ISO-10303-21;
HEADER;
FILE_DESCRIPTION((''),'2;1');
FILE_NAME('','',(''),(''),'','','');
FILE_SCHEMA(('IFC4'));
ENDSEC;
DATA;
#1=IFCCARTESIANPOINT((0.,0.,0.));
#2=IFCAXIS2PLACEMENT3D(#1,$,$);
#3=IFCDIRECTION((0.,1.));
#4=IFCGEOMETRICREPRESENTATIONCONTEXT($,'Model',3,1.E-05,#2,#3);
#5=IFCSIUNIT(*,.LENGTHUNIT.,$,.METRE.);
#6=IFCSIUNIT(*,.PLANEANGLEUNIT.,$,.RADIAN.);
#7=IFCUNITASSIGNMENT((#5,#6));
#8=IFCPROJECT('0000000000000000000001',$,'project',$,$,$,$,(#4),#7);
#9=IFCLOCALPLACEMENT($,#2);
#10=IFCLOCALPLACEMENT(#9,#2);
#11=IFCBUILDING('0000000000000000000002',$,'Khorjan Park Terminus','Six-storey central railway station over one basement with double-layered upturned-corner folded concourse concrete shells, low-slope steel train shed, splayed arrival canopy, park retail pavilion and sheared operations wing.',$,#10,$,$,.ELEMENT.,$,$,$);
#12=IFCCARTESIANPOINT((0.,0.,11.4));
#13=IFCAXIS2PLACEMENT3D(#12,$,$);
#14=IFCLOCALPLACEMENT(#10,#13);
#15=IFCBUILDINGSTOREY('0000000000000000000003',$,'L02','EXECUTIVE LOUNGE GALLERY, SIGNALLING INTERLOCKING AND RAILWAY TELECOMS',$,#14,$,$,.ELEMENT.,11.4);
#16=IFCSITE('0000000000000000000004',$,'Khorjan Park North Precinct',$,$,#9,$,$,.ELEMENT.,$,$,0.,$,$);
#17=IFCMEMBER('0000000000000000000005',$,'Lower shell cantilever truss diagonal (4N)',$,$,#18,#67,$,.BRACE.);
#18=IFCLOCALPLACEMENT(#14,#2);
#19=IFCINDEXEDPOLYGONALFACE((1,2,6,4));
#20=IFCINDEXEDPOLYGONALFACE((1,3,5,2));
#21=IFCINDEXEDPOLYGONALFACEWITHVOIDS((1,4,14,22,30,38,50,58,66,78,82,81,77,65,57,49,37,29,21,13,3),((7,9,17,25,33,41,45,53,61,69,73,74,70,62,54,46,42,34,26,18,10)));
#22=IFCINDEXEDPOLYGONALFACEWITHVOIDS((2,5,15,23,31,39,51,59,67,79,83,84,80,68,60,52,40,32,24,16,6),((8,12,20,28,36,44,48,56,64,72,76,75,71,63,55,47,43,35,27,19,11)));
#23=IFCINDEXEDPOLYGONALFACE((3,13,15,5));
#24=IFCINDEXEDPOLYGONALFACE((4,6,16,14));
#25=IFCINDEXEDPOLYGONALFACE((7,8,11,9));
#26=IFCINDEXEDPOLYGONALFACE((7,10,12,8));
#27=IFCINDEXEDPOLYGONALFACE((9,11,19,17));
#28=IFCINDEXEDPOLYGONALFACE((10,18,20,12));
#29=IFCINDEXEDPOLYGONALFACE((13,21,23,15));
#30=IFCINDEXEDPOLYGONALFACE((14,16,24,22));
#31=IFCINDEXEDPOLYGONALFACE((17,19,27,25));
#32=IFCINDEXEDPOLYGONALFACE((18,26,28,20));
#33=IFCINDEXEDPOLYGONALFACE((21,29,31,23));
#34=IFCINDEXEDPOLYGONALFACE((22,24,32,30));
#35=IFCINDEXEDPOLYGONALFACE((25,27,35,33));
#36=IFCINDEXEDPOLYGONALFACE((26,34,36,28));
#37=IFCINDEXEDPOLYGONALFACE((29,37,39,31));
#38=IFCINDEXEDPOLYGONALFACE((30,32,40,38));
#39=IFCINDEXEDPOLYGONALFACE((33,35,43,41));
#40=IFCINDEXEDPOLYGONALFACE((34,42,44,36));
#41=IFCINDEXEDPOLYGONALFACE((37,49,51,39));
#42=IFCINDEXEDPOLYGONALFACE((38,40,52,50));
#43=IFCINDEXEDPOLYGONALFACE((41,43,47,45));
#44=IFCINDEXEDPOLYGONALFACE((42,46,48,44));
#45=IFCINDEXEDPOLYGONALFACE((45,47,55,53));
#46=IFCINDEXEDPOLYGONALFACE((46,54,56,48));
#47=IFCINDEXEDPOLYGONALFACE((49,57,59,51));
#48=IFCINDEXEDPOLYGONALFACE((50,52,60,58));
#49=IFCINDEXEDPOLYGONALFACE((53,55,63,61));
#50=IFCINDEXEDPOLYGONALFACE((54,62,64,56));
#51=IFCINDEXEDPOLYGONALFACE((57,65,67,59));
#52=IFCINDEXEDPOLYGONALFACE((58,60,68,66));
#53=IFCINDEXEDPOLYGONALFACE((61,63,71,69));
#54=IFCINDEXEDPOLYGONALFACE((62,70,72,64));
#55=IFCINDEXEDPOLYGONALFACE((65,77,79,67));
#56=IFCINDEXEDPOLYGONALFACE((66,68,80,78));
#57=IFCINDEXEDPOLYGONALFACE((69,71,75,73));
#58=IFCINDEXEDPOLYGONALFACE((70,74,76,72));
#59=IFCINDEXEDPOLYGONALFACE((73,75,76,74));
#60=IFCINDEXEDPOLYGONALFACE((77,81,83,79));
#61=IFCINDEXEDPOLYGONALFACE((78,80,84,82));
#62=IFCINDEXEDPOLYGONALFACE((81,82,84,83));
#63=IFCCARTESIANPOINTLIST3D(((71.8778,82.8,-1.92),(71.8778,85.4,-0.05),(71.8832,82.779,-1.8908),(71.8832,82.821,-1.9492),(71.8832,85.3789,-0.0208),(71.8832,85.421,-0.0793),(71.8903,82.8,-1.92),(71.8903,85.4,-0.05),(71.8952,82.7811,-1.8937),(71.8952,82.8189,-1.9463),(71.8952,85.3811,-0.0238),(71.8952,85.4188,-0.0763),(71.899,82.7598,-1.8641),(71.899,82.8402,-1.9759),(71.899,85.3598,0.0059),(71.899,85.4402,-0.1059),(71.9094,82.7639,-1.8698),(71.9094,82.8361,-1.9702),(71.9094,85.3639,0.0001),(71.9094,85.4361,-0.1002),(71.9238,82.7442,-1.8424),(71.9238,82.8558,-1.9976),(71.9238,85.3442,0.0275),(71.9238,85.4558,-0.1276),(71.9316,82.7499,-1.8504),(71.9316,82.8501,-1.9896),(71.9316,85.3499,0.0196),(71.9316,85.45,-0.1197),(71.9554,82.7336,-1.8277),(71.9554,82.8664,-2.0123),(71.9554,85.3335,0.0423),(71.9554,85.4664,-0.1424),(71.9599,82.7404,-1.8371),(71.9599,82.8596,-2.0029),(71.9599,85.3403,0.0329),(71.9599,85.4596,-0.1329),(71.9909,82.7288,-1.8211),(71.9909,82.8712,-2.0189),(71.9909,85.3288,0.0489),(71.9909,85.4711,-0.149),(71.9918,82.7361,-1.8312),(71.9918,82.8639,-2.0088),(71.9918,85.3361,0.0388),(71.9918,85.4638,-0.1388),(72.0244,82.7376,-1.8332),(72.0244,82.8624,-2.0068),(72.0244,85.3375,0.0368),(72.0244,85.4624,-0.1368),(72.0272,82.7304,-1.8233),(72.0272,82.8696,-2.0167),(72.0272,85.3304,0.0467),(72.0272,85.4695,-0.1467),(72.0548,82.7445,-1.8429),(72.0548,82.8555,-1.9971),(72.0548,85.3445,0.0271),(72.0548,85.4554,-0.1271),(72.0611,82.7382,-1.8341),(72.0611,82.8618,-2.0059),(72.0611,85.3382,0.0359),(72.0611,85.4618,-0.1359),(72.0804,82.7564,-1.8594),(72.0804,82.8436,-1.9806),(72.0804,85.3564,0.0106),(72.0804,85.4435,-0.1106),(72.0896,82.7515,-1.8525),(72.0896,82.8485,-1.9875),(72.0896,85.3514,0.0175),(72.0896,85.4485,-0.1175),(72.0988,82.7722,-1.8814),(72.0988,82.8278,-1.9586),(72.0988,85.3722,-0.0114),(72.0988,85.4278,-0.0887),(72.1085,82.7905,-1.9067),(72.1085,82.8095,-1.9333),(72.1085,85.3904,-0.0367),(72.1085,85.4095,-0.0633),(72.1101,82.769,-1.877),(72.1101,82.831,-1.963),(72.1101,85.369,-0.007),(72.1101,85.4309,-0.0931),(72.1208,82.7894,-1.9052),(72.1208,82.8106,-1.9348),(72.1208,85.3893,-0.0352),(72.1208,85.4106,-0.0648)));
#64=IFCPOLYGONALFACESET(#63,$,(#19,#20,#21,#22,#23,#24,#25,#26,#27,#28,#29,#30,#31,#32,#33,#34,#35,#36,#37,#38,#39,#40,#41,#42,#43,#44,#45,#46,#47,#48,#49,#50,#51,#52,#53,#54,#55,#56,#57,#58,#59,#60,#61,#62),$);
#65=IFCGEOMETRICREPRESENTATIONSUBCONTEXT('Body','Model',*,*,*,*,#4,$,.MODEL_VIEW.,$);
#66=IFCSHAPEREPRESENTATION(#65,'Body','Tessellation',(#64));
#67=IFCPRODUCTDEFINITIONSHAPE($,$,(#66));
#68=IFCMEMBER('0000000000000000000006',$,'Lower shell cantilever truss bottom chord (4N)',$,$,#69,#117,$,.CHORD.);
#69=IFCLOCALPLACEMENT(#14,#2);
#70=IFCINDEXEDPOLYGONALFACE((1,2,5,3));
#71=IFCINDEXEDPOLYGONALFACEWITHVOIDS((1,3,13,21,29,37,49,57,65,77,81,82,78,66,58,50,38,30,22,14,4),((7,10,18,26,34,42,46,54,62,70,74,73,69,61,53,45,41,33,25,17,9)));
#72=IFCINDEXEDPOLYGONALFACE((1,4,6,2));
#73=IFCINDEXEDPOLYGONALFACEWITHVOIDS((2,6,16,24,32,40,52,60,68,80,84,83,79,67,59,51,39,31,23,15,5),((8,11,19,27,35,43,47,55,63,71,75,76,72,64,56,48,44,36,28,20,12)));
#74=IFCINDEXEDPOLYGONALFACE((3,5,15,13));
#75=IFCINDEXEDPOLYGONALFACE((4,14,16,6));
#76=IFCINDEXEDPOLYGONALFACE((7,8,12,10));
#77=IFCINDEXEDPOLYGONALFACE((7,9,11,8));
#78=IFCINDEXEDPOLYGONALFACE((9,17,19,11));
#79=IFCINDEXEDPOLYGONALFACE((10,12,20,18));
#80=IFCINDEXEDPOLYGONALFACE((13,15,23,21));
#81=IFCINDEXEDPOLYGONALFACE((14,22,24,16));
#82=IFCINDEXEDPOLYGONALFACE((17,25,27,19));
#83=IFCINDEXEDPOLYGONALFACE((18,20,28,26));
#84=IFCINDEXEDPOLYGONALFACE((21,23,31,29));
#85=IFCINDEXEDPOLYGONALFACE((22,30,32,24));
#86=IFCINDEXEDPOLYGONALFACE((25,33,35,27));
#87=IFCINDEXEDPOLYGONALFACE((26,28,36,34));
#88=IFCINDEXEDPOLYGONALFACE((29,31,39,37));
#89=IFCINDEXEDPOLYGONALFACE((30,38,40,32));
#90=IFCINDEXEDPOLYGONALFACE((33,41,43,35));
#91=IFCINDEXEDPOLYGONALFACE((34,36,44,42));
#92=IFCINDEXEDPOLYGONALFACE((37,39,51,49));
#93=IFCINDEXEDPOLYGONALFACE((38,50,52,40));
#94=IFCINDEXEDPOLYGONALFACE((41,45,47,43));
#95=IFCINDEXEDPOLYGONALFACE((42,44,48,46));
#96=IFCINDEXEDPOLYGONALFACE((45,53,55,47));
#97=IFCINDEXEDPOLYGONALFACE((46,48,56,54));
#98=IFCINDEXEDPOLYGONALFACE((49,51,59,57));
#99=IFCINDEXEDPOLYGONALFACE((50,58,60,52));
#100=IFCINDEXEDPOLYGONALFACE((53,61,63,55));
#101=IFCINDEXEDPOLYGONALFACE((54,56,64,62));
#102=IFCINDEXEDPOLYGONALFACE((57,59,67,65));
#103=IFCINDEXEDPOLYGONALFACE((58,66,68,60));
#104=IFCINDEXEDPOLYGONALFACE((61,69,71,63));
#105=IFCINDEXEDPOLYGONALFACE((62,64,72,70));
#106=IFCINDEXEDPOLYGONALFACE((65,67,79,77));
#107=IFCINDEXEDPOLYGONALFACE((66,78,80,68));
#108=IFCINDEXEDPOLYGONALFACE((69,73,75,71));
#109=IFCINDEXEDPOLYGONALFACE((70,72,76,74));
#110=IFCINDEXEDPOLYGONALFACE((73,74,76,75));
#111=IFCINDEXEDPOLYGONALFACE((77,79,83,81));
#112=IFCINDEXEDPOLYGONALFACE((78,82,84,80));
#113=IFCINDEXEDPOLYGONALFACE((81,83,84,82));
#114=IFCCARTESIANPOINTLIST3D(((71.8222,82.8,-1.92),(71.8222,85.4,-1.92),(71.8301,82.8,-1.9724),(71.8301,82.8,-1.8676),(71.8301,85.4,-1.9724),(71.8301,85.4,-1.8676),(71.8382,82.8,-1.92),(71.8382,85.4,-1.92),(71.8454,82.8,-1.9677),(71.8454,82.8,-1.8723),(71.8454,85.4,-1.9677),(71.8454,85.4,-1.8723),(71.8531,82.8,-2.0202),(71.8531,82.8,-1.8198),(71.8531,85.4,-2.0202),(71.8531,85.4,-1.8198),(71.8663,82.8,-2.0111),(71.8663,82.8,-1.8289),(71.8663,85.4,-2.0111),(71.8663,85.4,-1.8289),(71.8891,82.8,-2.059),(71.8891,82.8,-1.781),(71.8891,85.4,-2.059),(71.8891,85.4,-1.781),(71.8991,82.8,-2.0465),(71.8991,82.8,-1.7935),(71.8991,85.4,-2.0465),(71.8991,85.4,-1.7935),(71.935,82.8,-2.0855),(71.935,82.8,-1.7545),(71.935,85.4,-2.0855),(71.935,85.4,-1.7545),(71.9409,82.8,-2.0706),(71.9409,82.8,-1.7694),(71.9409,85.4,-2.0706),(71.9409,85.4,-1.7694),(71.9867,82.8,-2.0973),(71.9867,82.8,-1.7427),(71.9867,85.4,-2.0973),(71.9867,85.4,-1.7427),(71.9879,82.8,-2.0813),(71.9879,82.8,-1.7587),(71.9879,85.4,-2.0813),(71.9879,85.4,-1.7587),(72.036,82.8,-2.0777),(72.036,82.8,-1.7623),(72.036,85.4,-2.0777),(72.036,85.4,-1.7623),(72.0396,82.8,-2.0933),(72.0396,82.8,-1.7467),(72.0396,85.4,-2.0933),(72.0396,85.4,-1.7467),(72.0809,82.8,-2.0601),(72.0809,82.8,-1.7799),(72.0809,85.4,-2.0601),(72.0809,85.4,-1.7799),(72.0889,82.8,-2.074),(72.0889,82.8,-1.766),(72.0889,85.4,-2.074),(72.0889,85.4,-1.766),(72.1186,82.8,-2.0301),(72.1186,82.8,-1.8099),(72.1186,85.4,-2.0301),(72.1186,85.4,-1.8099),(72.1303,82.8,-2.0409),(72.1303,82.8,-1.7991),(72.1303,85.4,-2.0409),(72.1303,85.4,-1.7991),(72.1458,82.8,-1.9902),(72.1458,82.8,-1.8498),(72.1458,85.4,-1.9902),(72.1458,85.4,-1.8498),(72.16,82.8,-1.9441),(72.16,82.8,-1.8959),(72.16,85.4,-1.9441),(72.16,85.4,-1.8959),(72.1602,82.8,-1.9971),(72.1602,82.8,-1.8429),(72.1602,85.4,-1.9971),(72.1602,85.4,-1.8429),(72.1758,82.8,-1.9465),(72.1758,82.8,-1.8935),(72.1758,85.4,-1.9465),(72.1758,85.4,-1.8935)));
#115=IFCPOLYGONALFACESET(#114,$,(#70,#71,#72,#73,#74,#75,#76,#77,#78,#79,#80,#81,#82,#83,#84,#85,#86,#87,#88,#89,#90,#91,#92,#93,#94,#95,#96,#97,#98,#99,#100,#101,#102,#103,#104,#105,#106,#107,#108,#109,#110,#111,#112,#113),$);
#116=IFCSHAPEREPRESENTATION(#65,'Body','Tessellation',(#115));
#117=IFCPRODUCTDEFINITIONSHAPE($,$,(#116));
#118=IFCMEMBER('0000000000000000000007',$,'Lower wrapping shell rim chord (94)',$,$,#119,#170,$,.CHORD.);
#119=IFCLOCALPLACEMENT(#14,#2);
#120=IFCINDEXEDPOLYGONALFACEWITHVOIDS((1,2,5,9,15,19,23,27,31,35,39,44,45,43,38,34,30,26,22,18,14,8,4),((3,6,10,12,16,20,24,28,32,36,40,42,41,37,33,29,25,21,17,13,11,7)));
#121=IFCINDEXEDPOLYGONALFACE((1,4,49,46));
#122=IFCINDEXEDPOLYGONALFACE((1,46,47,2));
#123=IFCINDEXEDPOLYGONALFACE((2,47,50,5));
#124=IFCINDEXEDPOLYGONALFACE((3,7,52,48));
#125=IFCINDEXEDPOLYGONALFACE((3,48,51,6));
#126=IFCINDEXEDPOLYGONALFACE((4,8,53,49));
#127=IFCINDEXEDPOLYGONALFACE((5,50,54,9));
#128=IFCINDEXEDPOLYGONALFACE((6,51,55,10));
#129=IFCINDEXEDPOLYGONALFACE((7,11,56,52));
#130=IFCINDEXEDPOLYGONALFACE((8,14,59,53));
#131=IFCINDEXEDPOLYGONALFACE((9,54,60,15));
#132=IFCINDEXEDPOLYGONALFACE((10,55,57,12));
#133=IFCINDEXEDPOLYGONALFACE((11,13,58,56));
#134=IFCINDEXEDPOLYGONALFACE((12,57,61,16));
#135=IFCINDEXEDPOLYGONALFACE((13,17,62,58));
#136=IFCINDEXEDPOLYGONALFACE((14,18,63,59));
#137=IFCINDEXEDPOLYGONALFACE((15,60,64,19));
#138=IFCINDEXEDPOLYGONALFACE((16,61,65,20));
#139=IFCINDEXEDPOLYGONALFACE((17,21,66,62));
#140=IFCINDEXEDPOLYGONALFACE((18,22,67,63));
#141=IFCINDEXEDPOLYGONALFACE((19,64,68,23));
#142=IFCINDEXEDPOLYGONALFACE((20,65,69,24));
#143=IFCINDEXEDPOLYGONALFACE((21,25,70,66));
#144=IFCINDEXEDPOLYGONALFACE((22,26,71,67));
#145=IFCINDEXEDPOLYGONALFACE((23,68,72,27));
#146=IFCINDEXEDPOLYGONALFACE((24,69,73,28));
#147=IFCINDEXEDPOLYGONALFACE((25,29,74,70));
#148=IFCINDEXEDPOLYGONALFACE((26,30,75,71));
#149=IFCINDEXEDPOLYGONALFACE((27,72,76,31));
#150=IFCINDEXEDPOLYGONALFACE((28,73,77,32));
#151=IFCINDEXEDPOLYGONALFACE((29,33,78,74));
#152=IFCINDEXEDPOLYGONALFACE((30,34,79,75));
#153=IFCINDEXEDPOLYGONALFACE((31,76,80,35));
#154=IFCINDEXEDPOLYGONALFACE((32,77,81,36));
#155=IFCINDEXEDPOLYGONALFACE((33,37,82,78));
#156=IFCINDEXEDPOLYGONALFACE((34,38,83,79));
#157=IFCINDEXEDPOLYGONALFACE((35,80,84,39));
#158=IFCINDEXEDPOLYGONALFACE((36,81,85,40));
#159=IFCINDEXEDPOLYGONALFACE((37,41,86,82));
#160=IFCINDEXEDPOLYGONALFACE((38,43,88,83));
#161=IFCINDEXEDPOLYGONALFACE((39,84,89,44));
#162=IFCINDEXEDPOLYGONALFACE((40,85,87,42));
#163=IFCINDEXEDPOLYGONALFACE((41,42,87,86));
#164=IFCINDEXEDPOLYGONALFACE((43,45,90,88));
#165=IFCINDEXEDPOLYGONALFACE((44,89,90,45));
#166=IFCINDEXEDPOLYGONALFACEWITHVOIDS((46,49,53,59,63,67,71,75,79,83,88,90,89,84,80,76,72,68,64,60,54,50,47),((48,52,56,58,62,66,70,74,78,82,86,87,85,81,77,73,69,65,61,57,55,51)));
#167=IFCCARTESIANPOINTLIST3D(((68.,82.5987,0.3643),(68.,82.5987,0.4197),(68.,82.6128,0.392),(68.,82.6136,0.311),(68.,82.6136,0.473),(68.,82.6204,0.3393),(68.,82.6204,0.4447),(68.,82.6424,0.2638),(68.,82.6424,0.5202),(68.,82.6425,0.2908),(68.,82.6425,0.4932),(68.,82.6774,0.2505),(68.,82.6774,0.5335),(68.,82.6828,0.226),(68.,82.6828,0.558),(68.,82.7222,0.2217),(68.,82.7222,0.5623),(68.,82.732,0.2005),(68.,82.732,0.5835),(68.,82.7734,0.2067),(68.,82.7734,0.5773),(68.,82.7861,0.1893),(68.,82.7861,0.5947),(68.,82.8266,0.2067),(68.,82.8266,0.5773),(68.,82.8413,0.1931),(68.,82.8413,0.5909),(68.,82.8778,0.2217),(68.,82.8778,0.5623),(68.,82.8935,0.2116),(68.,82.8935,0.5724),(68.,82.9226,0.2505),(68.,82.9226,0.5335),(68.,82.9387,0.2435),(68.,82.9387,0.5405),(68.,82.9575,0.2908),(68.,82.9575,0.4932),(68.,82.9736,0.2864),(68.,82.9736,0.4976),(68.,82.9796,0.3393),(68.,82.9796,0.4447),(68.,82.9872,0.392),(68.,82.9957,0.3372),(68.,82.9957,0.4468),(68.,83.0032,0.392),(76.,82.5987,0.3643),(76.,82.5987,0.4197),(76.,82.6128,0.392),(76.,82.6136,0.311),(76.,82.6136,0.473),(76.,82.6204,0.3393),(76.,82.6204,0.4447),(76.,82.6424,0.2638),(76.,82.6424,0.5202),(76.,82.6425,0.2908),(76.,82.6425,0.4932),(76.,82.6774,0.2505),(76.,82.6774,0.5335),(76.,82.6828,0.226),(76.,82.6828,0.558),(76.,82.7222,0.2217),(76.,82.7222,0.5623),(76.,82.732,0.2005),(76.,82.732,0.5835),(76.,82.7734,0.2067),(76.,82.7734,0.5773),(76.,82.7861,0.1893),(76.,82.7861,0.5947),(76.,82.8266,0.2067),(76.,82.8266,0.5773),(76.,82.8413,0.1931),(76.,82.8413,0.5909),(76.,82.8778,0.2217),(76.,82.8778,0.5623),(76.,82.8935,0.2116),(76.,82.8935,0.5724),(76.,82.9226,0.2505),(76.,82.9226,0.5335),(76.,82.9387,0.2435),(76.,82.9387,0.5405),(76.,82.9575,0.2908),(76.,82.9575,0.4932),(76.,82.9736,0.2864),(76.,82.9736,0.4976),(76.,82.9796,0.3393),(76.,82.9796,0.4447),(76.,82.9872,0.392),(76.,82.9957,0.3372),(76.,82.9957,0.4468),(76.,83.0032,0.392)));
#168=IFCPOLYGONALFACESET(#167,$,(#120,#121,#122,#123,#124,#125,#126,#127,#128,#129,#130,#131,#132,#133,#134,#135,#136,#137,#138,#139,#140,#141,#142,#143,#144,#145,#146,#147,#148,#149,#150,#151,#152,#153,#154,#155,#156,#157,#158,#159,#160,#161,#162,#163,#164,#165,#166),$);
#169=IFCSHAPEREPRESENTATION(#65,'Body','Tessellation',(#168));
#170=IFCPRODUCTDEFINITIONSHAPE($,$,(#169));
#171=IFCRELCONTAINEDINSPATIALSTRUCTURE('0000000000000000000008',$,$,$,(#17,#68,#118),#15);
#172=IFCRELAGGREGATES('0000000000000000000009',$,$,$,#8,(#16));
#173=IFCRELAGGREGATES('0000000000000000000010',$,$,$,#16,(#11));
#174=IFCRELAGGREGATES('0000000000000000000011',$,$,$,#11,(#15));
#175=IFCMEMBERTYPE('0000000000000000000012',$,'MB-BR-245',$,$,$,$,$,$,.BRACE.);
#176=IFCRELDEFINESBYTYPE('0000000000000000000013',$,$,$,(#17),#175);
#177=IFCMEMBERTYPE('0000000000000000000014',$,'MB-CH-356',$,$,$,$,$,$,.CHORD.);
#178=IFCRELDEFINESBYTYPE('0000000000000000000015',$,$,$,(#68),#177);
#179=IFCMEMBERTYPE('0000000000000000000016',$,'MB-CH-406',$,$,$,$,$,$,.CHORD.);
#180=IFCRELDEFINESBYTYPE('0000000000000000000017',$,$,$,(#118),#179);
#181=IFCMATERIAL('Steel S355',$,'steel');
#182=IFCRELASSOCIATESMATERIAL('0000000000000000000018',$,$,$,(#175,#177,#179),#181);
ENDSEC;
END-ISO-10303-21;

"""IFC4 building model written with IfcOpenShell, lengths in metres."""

from ifc_helpers import new_model, si_unit, direction, frame, origin, origin_2d, place, context, subcontext, project, spatial, hollow_circle, extrude, material, material_profile, profile_set, type_object, element, save


model = new_model("IFC4")

# Units and contexts
model_context = context("Model", 3, precision=1e-05, world=origin(), true_north=direction((0.0, 1.0)))
body_context = subcontext(model_context, "Body", "Model", "MODEL_VIEW")
ifc_project = project(units=[si_unit("LENGTHUNIT", "METRE"), si_unit("PLANEANGLEUNIT", "RADIAN")], contexts=[model_context])

# Site, building, storey
site_placement = place(None, origin())
site = spatial("IfcSite", under=ifc_project, at=site_placement, Name="Khorjan Park North Precinct", CompositionType="ELEMENT", RefElevation=0.0)
building_placement = place(site_placement, origin())
building = spatial("IfcBuilding", under=site, at=building_placement, Name="Khorjan Park Terminus", Description="Six-storey central railway station over one basement with double-layered upturned-corner folded concourse concrete shells, low-slope steel train shed, splayed arrival canopy, park retail pavilion and sheared operations wing.", CompositionType="ELEMENT")
storey_placement = place(building_placement, frame((0.0, 0.0, 11.4)))
storey = spatial("IfcBuildingStorey", under=building, at=storey_placement, Name="L02", Description="EXECUTIVE LOUNGE GALLERY, SIGNALLING INTERLOCKING AND RAILWAY TELECOMS", CompositionType="ELEMENT", Elevation=11.4)

# Members
ifc_material_1 = material(Name="Steel S355", Category="steel")
ifc_material_profile_1 = material_profile(ifc_material_1, hollow_circle(Radius=0.1222, WallThickness=0.0125, at=origin_2d()), Name="CHS 244.5x12.5")
ifc_profile_set_1 = profile_set([ifc_material_profile_1], Name="Steel S355")
member_type_1 = type_object("IfcMemberType", Name="MB-BR-245", PredefinedType="BRACE", material=ifc_profile_set_1)
member_1_placement = place(storey_placement, frame((72.0, 82.8, -1.92), z_axis=(0.0, 0.81183, 0.583893), x_axis=(-1.0, 0.0, 0.0)))
element("IfcMember", 1, at=member_1_placement, inside=storey, type_object=member_type_1, Name="Lower shell cantilever truss diagonal (4N)", PredefinedType="BRACE", context=body_context, shape_type="SweptSolid", body=[
    extrude(hollow_circle(Radius=0.1222, WallThickness=0.0125, at=origin_2d()), origin(), (0.0, 0.0, 1.0), 3.2026),
])
ifc_material_profile_2 = material_profile(ifc_material_1, hollow_circle(Radius=0.1778, WallThickness=0.016, at=origin_2d()), Name="CHS 355.6x16")
ifc_profile_set_2 = profile_set([ifc_material_profile_2], Name="Steel S355")
member_type_2 = type_object("IfcMemberType", Name="MB-CH-356", PredefinedType="CHORD", material=ifc_profile_set_2)
member_2_placement = place(storey_placement, frame((72.0, 82.8, -1.92), z_axis=(0.0, 1.0, 0.0), x_axis=(-1.0, 0.0, 0.0)))
element("IfcMember", 2, at=member_2_placement, inside=storey, type_object=member_type_2, Name="Lower shell cantilever truss bottom chord (4N)", PredefinedType="CHORD", context=body_context, shape_type="SweptSolid", body=[
    extrude(hollow_circle(Radius=0.1778, WallThickness=0.016, at=origin_2d()), origin(), (0.0, 0.0, 1.0), 2.6),
])
ifc_material_profile_3 = material_profile(ifc_material_1, hollow_circle(Radius=0.2032, WallThickness=0.016, at=origin_2d()), Name="CHS 406.4x16")
ifc_profile_set_3 = profile_set([ifc_material_profile_3], Name="Steel S355")
member_type_3 = type_object("IfcMemberType", Name="MB-CH-406", PredefinedType="CHORD", material=ifc_profile_set_3)
member_3_placement = place(storey_placement, frame((68.0, 82.8, 0.392), z_axis=(1.0, 0.0, 0.0), x_axis=(0.0, 1.0, 0.0)))
element("IfcMember", 3, at=member_3_placement, inside=storey, type_object=member_type_3, Name="Lower wrapping shell rim chord (94)", PredefinedType="CHORD", context=body_context, shape_type="SweptSolid", body=[
    extrude(hollow_circle(Radius=0.2032, WallThickness=0.016, at=origin_2d()), origin(), (0.0, 0.0, 1.0), 8.0),
])

save(model, "model.ifc")
